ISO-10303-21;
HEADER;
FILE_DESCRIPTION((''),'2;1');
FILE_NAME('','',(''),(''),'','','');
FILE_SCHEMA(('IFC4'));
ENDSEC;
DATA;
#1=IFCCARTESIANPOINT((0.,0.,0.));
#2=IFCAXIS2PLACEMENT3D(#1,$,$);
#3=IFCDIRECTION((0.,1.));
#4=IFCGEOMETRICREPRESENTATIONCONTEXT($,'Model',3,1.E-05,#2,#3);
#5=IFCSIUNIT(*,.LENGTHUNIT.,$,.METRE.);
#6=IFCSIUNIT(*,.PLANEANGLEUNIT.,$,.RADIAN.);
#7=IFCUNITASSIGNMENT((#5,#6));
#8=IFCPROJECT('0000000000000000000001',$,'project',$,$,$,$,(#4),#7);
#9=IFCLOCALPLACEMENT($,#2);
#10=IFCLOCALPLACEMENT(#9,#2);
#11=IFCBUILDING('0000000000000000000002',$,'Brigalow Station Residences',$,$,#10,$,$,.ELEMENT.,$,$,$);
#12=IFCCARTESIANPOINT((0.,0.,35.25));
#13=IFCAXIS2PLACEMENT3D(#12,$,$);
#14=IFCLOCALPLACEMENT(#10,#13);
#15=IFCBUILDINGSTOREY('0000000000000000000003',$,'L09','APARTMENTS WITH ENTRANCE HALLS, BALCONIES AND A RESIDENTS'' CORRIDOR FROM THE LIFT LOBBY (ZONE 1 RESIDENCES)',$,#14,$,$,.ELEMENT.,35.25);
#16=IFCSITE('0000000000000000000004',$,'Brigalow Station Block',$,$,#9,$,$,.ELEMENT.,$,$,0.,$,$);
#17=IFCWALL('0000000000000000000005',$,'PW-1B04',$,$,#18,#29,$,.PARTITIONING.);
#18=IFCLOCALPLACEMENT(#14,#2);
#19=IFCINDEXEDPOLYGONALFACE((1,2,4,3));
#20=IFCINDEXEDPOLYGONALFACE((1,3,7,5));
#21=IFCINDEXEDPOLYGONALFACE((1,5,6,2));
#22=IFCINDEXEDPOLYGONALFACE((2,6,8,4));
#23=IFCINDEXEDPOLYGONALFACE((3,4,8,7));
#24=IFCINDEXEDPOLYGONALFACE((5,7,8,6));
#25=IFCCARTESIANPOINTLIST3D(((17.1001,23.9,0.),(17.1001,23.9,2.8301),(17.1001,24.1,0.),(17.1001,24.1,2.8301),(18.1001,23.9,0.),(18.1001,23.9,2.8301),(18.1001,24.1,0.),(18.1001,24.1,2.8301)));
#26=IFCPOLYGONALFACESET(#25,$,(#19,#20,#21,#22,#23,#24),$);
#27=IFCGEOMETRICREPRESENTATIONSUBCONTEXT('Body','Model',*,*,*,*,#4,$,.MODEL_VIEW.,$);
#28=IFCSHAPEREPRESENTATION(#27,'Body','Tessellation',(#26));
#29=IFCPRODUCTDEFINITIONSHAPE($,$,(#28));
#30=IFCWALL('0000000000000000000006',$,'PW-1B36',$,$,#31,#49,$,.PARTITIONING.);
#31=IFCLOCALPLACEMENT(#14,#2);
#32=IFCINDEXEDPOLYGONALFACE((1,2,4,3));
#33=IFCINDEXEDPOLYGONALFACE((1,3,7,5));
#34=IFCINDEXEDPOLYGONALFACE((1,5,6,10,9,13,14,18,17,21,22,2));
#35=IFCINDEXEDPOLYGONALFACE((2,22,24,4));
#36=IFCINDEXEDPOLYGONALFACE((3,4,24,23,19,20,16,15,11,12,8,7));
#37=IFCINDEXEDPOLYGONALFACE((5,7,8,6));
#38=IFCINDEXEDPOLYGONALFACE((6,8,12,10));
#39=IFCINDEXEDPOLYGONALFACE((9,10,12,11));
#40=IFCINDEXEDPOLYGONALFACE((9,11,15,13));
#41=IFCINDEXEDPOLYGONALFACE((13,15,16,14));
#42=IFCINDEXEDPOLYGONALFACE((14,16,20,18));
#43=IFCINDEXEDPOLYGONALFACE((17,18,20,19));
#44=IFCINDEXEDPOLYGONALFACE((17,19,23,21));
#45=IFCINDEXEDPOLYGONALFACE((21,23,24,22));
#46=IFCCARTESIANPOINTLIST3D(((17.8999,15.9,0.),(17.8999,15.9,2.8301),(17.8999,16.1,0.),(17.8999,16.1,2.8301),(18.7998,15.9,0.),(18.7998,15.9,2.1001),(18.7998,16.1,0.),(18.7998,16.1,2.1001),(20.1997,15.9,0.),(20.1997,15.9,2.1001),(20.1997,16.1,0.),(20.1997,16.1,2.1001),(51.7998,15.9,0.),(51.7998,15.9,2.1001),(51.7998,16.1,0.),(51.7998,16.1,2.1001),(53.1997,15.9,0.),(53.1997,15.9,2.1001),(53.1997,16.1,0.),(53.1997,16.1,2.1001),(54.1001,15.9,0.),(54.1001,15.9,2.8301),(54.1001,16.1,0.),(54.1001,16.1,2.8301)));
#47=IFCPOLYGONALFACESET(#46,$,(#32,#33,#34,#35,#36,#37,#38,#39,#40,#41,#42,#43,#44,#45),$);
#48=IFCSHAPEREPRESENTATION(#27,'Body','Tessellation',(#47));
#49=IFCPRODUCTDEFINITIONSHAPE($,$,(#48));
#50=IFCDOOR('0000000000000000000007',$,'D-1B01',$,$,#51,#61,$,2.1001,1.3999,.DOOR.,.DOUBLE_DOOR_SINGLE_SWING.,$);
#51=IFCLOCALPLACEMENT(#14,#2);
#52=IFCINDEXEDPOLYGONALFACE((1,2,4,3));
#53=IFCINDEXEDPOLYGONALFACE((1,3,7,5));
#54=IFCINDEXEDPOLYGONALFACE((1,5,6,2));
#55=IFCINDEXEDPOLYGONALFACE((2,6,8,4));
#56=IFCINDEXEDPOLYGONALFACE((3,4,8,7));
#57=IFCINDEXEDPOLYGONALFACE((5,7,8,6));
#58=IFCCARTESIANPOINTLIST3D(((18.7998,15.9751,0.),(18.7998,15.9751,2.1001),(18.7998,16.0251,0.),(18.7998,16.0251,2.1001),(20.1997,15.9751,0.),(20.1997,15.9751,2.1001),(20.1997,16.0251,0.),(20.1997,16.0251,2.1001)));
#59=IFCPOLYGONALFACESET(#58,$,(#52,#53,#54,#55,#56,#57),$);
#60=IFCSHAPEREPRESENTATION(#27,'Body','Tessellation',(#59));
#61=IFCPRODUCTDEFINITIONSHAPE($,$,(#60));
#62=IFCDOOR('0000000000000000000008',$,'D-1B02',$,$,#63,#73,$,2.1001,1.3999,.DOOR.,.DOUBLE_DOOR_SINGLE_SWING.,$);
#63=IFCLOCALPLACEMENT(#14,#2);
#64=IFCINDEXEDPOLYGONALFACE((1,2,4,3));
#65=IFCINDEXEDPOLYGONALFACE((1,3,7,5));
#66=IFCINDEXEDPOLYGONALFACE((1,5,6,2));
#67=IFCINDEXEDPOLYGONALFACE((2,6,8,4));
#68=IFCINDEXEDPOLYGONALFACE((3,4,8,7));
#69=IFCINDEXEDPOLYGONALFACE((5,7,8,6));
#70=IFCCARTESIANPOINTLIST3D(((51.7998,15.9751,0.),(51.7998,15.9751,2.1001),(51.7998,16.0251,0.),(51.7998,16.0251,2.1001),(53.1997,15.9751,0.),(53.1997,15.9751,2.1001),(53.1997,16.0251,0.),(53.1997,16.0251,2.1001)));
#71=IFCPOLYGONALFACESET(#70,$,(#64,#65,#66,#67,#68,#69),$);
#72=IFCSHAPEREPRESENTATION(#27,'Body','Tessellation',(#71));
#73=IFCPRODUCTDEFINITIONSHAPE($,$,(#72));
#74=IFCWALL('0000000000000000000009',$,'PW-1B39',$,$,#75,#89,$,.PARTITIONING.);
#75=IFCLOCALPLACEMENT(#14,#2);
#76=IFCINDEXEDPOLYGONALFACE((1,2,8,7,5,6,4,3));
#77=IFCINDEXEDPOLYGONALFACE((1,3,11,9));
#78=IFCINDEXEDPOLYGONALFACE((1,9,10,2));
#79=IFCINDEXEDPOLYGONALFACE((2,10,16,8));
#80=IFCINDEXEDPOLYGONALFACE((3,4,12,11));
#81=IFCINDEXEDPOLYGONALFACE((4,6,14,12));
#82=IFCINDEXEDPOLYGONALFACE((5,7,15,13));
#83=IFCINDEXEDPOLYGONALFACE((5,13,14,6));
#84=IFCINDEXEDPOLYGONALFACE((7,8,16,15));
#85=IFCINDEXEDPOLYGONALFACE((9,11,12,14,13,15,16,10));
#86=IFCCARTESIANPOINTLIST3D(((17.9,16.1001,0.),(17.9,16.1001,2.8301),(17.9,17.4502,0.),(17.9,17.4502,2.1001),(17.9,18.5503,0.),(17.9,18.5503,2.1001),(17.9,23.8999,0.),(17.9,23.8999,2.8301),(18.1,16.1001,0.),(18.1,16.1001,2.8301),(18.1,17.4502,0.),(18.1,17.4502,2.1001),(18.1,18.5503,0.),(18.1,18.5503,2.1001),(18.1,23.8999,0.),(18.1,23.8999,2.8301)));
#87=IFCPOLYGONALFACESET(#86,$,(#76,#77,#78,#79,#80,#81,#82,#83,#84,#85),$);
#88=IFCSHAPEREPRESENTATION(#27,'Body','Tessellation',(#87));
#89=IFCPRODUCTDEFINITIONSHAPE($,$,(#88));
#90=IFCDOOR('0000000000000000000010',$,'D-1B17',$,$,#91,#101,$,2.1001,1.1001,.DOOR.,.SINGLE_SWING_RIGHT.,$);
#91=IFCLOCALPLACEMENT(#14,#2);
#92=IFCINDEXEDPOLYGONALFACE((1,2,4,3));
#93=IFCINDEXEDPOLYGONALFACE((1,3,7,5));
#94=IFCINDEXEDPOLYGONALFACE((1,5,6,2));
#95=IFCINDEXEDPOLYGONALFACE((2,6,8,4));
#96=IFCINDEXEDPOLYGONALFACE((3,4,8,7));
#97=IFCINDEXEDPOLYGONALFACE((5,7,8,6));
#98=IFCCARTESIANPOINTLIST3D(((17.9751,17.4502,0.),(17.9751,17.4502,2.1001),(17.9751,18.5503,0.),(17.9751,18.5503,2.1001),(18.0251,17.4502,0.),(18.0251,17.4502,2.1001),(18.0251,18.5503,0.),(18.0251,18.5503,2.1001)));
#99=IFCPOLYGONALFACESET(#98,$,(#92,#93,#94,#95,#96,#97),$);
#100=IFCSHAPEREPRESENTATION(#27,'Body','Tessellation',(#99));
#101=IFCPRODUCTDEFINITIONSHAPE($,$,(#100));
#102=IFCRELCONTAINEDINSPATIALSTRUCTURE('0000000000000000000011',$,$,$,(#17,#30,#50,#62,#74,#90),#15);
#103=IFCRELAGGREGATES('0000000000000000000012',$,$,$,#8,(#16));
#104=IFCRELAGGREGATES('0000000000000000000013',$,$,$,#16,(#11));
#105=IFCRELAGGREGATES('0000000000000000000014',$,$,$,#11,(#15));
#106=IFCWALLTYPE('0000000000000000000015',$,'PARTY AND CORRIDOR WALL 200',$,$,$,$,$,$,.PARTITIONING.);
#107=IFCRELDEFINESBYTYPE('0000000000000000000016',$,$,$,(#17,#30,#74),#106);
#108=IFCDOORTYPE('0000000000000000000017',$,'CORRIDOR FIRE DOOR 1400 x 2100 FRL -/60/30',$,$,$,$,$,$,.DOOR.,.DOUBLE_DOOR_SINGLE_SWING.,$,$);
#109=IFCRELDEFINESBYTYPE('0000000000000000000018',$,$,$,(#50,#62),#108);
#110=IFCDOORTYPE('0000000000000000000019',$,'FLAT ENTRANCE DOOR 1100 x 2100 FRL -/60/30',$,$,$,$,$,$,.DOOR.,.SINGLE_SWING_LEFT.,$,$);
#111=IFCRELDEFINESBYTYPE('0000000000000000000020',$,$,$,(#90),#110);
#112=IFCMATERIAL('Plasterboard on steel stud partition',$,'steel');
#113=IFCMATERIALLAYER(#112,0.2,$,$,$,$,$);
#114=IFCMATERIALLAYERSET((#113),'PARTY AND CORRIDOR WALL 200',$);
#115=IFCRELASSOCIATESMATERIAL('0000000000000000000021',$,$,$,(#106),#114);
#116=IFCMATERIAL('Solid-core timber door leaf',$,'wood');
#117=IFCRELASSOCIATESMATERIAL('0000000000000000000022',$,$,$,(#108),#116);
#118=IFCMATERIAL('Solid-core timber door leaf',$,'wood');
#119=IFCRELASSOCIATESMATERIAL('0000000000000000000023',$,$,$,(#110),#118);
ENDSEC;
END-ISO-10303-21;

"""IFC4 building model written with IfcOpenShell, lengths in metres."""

from ifc_helpers import new_model, si_unit, direction, frame, frame_2d, origin, place, context, subcontext, project, spatial, rectangle, extrude, material, layer, layer_set, type_object, element, fill, save


model = new_model("IFC4")

# Units and contexts
model_context = context("Model", 3, precision=1e-05, world=origin(), true_north=direction((0.0, 1.0)))
body_context = subcontext(model_context, "Body", "Model", "MODEL_VIEW")
ifc_project = project(units=[si_unit("LENGTHUNIT", "METRE"), si_unit("PLANEANGLEUNIT", "RADIAN")], contexts=[model_context])

# Site, building, storey
site_placement = place(None, origin())
site = spatial("IfcSite", under=ifc_project, at=site_placement, Name="Brigalow Station Block", CompositionType="ELEMENT", RefElevation=0.0)
building_placement = place(site_placement, origin())
building = spatial("IfcBuilding", under=site, at=building_placement, Name="Brigalow Station Residences", CompositionType="ELEMENT")
storey_placement = place(building_placement, frame((0.0, 0.0, 35.25)))
storey = spatial("IfcBuildingStorey", under=building, at=storey_placement, Name="L09", Description="APARTMENTS WITH ENTRANCE HALLS, BALCONIES AND A RESIDENTS' CORRIDOR FROM THE LIFT LOBBY (ZONE 1 RESIDENCES)", CompositionType="ELEMENT", Elevation=35.25)

# Wall
ifc_material_1 = material(Name="Plasterboard on steel stud partition", Category="steel")
ifc_layer_1 = layer(ifc_material_1, 0.2)
ifc_layer_set_1 = layer_set([ifc_layer_1], Name="PARTY AND CORRIDOR WALL 200")
wall_type_1 = type_object("IfcWallType", Name="PARTY AND CORRIDOR WALL 200", PredefinedType="PARTITIONING", material=ifc_layer_set_1)
wall_1_placement = place(storey_placement, frame((17.1001, 24.0, 0.0), z_axis=(0.0, 0.0, 1.0), x_axis=(1.0, 0.0, 0.0)))
element("IfcWall", 1, at=wall_1_placement, inside=storey, type_object=wall_type_1, Name="PW-1B04", PredefinedType="PARTITIONING", context=body_context, shape_type="SweptSolid", body=[
    extrude(rectangle(XDim=1.0, YDim=0.2, at=frame_2d((0.5, 0.0))), origin(), (0.0, 0.0, 1.0), 2.8301),
])

# Wall, openings, doors
wall_2_placement = place(storey_placement, frame((17.8999, 16.0, 0.0), z_axis=(0.0, 0.0, 1.0), x_axis=(1.0, 0.0, 0.0)))
wall_2 = element("IfcWall", 2, at=wall_2_placement, inside=storey, type_object=wall_type_1, Name="PW-1B36", PredefinedType="PARTITIONING", context=body_context, shape_type="SweptSolid", body=[
    extrude(rectangle(XDim=36.2002, YDim=0.2, at=frame_2d((18.1001, 0.0))), origin(), (0.0, 0.0, 1.0), 2.8301),
])
opening_1_placement = place(wall_2_placement, frame((0.8999, 0.0, 0.0)))
opening_1 = element("IfcOpeningElement", 3, at=opening_1_placement, cuts=wall_2, PredefinedType="OPENING", context=body_context, shape_type="SweptSolid", body=[
    extrude(rectangle(XDim=1.3999, YDim=2.1001, at=frame_2d((0.7, 1.05))), frame((0.0, 0.1099, 0.0), z_axis=(0.0, -1.0, 0.0), x_axis=(1.0, 0.0, 0.0)), (0.0, 0.0, 1.0), 0.22),
])
opening_2_placement = place(wall_2_placement, frame((33.8999, 0.0, 0.0)))
opening_2 = element("IfcOpeningElement", 4, at=opening_2_placement, cuts=wall_2, PredefinedType="OPENING", context=body_context, shape_type="SweptSolid", body=[
    extrude(rectangle(XDim=1.3999, YDim=2.1001, at=frame_2d((0.7, 1.05))), frame((0.0, 0.1099, 0.0), z_axis=(0.0, -1.0, 0.0), x_axis=(1.0, 0.0, 0.0)), (0.0, 0.0, 1.0), 0.22),
])
ifc_material_2 = material(Name="Solid-core timber door leaf", Category="wood")
door_type_1 = type_object("IfcDoorType", Name="CORRIDOR FIRE DOOR 1400 x 2100 FRL -/60/30", OperationType="DOUBLE_DOOR_SINGLE_SWING", PredefinedType="DOOR", material=ifc_material_2)
door_1_placement = place(opening_1_placement, frame((1.3999, 0.0, 0.0), z_axis=(0.0, 0.0, 1.0), x_axis=(-1.0, 0.0, 0.0)))
door_1 = element("IfcDoor", 5, at=door_1_placement, inside=storey, type_object=door_type_1, Name="D-1B01", OperationType="DOUBLE_DOOR_SINGLE_SWING", OverallHeight=2.1001, OverallWidth=1.3999, PredefinedType="DOOR", context=body_context, shape_type="SweptSolid", body=[
    extrude(rectangle(XDim=1.3999, YDim=2.1001, at=frame_2d((0.7, 1.05))), frame((0.0, 0.0249, 0.0), z_axis=(0.0, -1.0, 0.0), x_axis=(1.0, 0.0, 0.0)), (0.0, 0.0, 1.0), 0.05),
])
fill(opening_1, door_1)
door_2_placement = place(opening_2_placement, frame((1.3999, 0.0, 0.0), z_axis=(0.0, 0.0, 1.0), x_axis=(-1.0, 0.0, 0.0)))
door_2 = element("IfcDoor", 6, at=door_2_placement, inside=storey, type_object=door_type_1, Name="D-1B02", OperationType="DOUBLE_DOOR_SINGLE_SWING", OverallHeight=2.1001, OverallWidth=1.3999, PredefinedType="DOOR", context=body_context, shape_type="SweptSolid", body=[
    extrude(rectangle(XDim=1.3999, YDim=2.1001, at=frame_2d((0.7, 1.05))), frame((0.0, 0.0249, 0.0), z_axis=(0.0, -1.0, 0.0), x_axis=(1.0, 0.0, 0.0)), (0.0, 0.0, 1.0), 0.05),
])
fill(opening_2, door_2)

# Wall, opening, door
wall_3_placement = place(storey_placement, frame((18.0, 16.1001, 0.0), z_axis=(0.0, 0.0, 1.0), x_axis=(0.0, 1.0, 0.0)))
wall_3 = element("IfcWall", 7, at=wall_3_placement, inside=storey, type_object=wall_type_1, Name="PW-1B39", PredefinedType="PARTITIONING", context=body_context, shape_type="SweptSolid", body=[
    extrude(rectangle(XDim=7.7998, YDim=0.2, at=frame_2d((3.8999, 0.0))), origin(), (0.0, 0.0, 1.0), 2.8301),
])
opening_3_placement = place(wall_3_placement, frame((1.3501, 0.0, 0.0)))
opening_3 = element("IfcOpeningElement", 8, at=opening_3_placement, cuts=wall_3, PredefinedType="OPENING", context=body_context, shape_type="SweptSolid", body=[
    extrude(rectangle(XDim=1.1001, YDim=2.1001, at=frame_2d((0.55, 1.05))), frame((0.0, 0.1099, 0.0), z_axis=(0.0, -1.0, 0.0), x_axis=(1.0, 0.0, 0.0)), (0.0, 0.0, 1.0), 0.22),
])
ifc_material_3 = material(Name="Solid-core timber door leaf", Category="wood")
door_type_2 = type_object("IfcDoorType", Name="FLAT ENTRANCE DOOR 1100 x 2100 FRL -/60/30", OperationType="SINGLE_SWING_LEFT", PredefinedType="DOOR", material=ifc_material_3)
door_3_placement = place(opening_3_placement, origin())
door_3 = element("IfcDoor", 9, at=door_3_placement, inside=storey, type_object=door_type_2, Name="D-1B17", OperationType="SINGLE_SWING_RIGHT", OverallHeight=2.1001, OverallWidth=1.1001, PredefinedType="DOOR", context=body_context, shape_type="SweptSolid", body=[
    extrude(rectangle(XDim=1.1001, YDim=2.1001, at=frame_2d((0.55, 1.05))), frame((0.0, 0.0249, 0.0), z_axis=(0.0, -1.0, 0.0), x_axis=(1.0, 0.0, 0.0)), (0.0, 0.0, 1.0), 0.05),
])
fill(opening_3, door_3)

save(model, "model.ifc")
